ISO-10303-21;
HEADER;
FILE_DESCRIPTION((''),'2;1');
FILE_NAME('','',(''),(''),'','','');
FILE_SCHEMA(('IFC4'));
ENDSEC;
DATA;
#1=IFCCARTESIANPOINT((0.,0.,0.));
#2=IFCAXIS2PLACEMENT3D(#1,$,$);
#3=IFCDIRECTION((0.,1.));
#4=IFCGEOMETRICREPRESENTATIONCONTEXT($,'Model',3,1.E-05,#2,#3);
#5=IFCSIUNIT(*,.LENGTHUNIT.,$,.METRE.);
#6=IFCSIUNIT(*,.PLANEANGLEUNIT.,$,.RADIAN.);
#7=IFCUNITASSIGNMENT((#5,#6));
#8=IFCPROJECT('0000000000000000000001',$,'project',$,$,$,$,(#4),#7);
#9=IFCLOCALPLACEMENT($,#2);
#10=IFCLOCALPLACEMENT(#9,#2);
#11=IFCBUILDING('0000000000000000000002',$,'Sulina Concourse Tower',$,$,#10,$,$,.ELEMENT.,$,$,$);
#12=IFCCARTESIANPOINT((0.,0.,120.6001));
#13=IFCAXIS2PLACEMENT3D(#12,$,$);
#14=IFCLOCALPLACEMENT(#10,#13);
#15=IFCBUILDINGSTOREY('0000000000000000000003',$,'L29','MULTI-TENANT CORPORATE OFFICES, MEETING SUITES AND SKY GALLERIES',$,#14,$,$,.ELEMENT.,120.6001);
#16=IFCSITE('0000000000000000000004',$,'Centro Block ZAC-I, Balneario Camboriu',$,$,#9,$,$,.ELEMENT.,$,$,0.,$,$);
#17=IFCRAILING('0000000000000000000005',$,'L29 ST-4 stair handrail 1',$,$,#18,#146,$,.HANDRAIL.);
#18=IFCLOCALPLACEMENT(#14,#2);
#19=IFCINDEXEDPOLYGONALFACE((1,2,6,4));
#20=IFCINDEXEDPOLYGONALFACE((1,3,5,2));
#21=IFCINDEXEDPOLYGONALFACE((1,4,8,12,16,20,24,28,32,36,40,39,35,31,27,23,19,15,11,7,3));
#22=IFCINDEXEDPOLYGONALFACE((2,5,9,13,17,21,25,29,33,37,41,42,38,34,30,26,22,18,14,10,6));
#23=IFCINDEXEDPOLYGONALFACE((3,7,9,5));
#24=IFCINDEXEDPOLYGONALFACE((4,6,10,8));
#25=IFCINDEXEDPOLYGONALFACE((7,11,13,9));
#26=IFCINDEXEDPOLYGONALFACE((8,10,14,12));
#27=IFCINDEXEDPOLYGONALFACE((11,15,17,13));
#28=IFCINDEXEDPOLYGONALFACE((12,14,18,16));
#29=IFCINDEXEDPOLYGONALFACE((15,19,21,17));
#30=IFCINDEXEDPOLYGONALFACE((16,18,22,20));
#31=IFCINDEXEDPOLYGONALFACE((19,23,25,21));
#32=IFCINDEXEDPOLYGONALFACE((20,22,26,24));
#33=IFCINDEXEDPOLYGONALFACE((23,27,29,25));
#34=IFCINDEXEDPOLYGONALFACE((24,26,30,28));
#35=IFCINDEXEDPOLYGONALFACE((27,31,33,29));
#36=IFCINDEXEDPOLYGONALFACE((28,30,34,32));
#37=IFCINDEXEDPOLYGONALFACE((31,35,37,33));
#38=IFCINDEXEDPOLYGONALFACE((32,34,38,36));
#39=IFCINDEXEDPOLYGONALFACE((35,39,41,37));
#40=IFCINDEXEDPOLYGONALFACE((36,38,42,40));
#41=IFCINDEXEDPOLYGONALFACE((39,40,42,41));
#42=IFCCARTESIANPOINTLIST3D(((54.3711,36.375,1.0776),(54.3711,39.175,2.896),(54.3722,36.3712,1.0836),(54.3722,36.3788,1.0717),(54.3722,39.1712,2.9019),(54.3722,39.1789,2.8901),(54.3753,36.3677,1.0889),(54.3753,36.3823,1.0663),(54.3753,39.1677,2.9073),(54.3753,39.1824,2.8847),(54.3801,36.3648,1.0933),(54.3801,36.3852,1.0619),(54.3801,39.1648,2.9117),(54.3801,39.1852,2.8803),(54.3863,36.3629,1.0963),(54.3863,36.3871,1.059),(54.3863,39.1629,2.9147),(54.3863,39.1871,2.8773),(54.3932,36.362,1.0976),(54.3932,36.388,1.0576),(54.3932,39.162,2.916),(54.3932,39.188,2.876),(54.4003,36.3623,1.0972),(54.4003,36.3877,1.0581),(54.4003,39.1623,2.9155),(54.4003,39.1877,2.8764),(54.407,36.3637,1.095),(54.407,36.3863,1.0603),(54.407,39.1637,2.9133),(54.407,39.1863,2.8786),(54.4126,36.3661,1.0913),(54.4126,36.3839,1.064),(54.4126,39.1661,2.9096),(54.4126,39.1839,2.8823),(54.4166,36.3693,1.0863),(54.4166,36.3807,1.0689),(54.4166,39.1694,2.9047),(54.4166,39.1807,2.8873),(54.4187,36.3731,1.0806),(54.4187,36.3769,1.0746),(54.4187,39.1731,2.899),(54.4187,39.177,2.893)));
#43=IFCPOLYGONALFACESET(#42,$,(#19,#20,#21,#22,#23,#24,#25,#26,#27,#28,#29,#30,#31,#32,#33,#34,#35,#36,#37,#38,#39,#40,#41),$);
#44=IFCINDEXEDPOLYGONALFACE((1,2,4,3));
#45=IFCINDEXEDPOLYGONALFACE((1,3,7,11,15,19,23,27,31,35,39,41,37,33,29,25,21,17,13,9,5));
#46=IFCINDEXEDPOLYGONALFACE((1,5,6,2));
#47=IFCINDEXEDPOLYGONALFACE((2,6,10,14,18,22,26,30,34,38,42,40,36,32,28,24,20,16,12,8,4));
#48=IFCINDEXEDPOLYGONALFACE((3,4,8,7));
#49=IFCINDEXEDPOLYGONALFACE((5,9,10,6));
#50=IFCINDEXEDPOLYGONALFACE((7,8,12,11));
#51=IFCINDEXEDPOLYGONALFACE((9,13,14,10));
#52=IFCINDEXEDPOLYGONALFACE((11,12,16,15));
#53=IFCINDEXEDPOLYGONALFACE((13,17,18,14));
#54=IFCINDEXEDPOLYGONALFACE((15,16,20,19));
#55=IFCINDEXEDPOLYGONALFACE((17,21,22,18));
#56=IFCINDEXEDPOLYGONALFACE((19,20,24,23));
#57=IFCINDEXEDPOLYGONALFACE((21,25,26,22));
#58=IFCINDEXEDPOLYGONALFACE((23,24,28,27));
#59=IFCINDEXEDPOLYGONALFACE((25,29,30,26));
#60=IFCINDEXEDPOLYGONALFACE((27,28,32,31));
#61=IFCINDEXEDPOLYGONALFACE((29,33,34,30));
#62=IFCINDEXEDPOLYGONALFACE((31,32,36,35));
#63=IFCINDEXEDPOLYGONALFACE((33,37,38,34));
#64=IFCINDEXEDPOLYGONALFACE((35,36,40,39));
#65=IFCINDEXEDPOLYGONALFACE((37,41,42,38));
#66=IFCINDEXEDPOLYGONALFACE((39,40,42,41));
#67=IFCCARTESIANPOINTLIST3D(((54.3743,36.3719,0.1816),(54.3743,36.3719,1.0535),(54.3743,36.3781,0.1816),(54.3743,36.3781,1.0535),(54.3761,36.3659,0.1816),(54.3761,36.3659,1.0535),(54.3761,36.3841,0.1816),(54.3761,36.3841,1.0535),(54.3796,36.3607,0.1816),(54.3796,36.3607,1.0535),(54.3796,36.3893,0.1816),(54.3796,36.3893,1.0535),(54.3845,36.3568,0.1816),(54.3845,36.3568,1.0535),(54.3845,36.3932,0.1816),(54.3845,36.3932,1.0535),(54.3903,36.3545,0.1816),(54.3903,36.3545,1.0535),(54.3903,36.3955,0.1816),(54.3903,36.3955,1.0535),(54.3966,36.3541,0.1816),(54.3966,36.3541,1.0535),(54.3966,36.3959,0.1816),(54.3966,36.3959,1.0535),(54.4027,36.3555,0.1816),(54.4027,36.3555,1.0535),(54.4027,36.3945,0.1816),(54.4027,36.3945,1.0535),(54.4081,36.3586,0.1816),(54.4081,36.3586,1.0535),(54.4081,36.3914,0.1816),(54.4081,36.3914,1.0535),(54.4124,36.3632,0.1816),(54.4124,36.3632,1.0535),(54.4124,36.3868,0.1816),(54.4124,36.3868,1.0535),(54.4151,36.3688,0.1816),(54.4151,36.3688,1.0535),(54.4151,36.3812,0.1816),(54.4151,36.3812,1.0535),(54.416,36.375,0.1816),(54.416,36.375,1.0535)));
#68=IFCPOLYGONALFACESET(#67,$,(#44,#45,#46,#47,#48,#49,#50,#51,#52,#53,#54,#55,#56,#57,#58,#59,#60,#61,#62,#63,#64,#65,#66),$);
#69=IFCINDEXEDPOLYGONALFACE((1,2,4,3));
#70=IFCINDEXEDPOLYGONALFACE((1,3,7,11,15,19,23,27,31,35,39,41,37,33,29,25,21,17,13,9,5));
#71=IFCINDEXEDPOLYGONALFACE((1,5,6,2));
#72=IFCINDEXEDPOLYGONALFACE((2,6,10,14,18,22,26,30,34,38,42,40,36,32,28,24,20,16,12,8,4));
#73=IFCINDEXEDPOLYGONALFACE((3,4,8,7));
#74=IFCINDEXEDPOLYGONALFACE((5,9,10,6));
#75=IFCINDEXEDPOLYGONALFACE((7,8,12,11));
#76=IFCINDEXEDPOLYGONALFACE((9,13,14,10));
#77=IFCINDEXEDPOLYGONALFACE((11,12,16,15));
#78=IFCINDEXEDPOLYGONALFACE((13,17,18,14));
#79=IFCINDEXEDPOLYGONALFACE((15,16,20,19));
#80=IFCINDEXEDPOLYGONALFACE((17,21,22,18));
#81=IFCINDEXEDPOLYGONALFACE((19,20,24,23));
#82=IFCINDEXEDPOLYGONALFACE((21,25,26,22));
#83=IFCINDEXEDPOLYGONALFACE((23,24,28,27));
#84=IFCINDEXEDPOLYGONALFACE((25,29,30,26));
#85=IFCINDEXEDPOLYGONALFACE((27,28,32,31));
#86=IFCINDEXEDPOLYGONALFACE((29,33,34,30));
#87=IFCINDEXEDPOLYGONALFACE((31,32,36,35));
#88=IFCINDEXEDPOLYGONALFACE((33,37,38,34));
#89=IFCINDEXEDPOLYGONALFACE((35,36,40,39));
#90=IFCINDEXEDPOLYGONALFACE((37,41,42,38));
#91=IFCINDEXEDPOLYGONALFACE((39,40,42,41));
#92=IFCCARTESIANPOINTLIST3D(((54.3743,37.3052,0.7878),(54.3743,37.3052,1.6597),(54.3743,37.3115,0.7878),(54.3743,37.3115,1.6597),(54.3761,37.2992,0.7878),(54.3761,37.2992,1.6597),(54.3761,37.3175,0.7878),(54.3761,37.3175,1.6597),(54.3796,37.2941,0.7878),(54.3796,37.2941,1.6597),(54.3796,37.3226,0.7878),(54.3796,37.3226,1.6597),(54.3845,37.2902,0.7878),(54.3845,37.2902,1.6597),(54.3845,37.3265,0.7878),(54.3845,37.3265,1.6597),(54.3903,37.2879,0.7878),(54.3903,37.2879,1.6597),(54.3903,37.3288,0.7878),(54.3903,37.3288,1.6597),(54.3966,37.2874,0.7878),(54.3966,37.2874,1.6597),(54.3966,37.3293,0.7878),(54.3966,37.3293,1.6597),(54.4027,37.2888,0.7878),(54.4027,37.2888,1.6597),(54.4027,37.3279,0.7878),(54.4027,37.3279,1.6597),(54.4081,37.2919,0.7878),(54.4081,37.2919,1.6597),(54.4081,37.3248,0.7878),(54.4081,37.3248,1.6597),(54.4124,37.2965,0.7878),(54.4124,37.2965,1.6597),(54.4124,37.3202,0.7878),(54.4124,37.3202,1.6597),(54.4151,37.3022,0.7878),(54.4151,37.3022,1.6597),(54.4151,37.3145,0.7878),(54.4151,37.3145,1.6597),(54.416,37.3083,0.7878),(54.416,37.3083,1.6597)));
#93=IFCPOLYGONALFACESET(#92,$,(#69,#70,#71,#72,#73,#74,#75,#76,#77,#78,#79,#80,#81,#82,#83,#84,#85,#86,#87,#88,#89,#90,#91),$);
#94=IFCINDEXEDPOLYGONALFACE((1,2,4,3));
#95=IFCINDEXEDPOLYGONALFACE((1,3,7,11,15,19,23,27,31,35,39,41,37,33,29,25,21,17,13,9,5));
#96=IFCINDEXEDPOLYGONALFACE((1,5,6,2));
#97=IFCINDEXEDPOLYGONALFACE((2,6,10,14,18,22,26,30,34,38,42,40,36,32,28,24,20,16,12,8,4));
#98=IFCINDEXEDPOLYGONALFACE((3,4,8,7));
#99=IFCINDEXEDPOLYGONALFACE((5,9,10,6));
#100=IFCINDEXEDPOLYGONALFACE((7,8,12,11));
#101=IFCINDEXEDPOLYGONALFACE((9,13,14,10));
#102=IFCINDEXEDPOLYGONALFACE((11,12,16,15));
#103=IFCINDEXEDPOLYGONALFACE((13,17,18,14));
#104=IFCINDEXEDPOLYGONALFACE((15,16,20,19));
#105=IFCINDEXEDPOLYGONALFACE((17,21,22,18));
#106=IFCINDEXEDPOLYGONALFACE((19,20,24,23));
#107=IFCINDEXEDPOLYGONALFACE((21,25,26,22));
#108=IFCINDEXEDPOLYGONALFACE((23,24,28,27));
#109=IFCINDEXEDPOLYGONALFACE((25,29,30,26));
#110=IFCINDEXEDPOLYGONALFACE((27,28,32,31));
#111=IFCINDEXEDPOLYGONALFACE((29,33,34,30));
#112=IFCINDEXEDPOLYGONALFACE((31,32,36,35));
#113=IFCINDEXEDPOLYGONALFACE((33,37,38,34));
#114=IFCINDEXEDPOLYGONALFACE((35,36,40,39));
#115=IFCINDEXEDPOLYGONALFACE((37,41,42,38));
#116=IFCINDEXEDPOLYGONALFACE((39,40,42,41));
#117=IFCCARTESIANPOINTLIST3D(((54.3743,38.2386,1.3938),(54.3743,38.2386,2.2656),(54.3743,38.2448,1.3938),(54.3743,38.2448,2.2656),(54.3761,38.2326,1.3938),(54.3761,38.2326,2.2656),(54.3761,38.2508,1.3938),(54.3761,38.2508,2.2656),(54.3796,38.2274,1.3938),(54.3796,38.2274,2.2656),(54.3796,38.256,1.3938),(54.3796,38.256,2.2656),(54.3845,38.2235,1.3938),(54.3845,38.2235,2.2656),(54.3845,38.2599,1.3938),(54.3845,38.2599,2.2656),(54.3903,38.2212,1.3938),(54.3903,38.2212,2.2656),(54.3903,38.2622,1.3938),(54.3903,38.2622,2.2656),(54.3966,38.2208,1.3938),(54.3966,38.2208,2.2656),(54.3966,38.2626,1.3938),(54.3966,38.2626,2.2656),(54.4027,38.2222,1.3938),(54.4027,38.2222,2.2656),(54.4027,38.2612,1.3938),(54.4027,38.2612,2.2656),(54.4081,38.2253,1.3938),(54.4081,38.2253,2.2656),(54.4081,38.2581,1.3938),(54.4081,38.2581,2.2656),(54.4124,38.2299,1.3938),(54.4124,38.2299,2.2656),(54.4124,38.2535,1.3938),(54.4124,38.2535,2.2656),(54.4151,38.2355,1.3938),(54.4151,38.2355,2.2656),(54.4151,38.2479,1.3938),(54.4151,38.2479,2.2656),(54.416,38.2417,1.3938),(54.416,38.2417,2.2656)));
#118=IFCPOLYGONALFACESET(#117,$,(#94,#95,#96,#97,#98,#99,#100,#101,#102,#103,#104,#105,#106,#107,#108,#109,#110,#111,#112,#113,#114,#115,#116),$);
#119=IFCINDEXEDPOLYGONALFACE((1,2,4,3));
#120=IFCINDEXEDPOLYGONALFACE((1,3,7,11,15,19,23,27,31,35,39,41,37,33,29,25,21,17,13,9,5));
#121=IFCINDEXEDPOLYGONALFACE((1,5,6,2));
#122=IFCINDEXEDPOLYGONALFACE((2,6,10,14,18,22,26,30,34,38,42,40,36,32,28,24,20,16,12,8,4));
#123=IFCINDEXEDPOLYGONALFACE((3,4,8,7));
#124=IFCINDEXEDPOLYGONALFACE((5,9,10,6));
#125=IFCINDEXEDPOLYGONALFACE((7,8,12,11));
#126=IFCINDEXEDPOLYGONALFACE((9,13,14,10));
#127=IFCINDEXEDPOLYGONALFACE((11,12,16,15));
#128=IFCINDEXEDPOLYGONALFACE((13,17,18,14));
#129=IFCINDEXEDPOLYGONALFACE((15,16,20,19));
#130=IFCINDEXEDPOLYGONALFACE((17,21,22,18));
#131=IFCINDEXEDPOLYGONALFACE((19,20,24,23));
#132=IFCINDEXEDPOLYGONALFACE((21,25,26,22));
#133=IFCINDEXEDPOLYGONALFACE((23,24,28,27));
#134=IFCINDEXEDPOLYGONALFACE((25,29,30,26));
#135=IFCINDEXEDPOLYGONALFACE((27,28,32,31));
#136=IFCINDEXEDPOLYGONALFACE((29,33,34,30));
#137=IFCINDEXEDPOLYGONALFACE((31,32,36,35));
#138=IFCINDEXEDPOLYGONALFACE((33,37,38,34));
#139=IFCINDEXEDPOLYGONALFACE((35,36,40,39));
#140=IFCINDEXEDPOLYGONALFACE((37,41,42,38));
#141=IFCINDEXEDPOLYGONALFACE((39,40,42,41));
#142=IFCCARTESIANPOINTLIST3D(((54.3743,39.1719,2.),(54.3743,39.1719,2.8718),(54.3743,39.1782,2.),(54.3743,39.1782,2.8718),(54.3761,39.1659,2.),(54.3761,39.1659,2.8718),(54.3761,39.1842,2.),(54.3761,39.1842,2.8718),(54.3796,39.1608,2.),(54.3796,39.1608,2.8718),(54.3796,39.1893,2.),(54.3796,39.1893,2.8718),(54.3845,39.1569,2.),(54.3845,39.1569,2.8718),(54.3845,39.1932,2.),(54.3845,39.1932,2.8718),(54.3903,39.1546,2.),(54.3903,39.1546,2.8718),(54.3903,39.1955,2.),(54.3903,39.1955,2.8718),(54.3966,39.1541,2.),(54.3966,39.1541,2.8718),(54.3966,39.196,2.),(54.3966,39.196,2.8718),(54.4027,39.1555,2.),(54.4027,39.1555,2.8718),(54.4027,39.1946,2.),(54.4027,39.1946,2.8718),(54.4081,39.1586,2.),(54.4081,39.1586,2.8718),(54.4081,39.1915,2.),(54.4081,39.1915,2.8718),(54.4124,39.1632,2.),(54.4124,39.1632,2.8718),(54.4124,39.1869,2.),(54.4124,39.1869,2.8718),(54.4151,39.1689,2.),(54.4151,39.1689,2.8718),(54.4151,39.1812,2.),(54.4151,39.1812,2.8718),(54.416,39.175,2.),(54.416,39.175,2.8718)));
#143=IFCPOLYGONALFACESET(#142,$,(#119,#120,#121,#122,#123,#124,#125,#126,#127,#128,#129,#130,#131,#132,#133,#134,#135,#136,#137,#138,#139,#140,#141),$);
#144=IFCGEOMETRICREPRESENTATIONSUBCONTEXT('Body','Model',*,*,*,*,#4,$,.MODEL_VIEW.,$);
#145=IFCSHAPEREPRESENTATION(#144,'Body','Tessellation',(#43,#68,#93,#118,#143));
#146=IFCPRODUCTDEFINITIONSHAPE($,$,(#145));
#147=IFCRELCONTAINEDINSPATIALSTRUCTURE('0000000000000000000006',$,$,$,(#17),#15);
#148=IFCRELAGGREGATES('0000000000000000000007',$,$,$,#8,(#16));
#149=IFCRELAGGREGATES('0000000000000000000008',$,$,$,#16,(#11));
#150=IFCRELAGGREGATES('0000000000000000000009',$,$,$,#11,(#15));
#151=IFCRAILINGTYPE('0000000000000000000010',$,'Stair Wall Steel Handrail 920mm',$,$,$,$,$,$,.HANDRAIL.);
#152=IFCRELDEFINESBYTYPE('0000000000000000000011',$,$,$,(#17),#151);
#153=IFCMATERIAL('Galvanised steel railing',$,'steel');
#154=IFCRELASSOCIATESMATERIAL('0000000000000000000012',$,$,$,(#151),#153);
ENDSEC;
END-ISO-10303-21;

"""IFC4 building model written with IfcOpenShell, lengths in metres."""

from ifc_helpers import new_model, si_unit, direction, frame, origin, origin_2d, place, context, subcontext, project, spatial, circle, extrude, material, type_object, element, save


model = new_model("IFC4")

# Units and contexts
model_context = context("Model", 3, precision=1e-05, world=origin(), true_north=direction((0.0, 1.0)))
body_context = subcontext(model_context, "Body", "Model", "MODEL_VIEW")
ifc_project = project(units=[si_unit("LENGTHUNIT", "METRE"), si_unit("PLANEANGLEUNIT", "RADIAN")], contexts=[model_context])

# Site, building, storey
site_placement = place(None, origin())
site = spatial("IfcSite", under=ifc_project, at=site_placement, Name="Centro Block ZAC-I, Balneario Camboriu", CompositionType="ELEMENT", RefElevation=0.0)
building_placement = place(site_placement, origin())
building = spatial("IfcBuilding", under=site, at=building_placement, Name="Sulina Concourse Tower", CompositionType="ELEMENT")
storey_placement = place(building_placement, frame((0.0, 0.0, 120.6001)))
storey = spatial("IfcBuildingStorey", under=building, at=storey_placement, Name="L29", Description="MULTI-TENANT CORPORATE OFFICES, MEETING SUITES AND SKY GALLERIES", CompositionType="ELEMENT", Elevation=120.6001)

# Railing
ifc_material_1 = material(Name="Galvanised steel railing", Category="steel")
railing_type_1 = type_object("IfcRailingType", Name="Stair Wall Steel Handrail 920mm", PredefinedType="HANDRAIL", material=ifc_material_1)
for number, where, name in (
    (1, (54.395, 36.375, 0.1816), "L29 ST-4 stair handrail 1"),
):
    element("IfcRailing", number, at=place(storey_placement, frame(where)), inside=storey, type_object=railing_type_1, Name=name, PredefinedType="HANDRAIL", context=body_context, shape_type="SweptSolid", body=[
        extrude(circle(Radius=0.0239, at=origin_2d()), frame((0.0, 0.0, 0.896), z_axis=(0.0, 0.838672, 0.544636), x_axis=(-1.0, 0.0, 0.0)), (0.0, 0.0, 1.0), 3.3386),
        extrude(circle(Radius=0.021, at=origin_2d()), origin(), (0.0, 0.0, 1.0), 0.8718),
        extrude(circle(Radius=0.021, at=origin_2d()), frame((0.0, 0.9333, 0.6062)), (0.0, 0.0, 1.0), 0.8718),
        extrude(circle(Radius=0.021, at=origin_2d()), frame((0.0, 1.8667, 1.2122)), (0.0, 0.0, 1.0), 0.8718),
        extrude(circle(Radius=0.021, at=origin_2d()), frame((0.0, 2.8, 1.8184)), (0.0, 0.0, 1.0), 0.8718),
    ])

save(model, "model.ifc")
